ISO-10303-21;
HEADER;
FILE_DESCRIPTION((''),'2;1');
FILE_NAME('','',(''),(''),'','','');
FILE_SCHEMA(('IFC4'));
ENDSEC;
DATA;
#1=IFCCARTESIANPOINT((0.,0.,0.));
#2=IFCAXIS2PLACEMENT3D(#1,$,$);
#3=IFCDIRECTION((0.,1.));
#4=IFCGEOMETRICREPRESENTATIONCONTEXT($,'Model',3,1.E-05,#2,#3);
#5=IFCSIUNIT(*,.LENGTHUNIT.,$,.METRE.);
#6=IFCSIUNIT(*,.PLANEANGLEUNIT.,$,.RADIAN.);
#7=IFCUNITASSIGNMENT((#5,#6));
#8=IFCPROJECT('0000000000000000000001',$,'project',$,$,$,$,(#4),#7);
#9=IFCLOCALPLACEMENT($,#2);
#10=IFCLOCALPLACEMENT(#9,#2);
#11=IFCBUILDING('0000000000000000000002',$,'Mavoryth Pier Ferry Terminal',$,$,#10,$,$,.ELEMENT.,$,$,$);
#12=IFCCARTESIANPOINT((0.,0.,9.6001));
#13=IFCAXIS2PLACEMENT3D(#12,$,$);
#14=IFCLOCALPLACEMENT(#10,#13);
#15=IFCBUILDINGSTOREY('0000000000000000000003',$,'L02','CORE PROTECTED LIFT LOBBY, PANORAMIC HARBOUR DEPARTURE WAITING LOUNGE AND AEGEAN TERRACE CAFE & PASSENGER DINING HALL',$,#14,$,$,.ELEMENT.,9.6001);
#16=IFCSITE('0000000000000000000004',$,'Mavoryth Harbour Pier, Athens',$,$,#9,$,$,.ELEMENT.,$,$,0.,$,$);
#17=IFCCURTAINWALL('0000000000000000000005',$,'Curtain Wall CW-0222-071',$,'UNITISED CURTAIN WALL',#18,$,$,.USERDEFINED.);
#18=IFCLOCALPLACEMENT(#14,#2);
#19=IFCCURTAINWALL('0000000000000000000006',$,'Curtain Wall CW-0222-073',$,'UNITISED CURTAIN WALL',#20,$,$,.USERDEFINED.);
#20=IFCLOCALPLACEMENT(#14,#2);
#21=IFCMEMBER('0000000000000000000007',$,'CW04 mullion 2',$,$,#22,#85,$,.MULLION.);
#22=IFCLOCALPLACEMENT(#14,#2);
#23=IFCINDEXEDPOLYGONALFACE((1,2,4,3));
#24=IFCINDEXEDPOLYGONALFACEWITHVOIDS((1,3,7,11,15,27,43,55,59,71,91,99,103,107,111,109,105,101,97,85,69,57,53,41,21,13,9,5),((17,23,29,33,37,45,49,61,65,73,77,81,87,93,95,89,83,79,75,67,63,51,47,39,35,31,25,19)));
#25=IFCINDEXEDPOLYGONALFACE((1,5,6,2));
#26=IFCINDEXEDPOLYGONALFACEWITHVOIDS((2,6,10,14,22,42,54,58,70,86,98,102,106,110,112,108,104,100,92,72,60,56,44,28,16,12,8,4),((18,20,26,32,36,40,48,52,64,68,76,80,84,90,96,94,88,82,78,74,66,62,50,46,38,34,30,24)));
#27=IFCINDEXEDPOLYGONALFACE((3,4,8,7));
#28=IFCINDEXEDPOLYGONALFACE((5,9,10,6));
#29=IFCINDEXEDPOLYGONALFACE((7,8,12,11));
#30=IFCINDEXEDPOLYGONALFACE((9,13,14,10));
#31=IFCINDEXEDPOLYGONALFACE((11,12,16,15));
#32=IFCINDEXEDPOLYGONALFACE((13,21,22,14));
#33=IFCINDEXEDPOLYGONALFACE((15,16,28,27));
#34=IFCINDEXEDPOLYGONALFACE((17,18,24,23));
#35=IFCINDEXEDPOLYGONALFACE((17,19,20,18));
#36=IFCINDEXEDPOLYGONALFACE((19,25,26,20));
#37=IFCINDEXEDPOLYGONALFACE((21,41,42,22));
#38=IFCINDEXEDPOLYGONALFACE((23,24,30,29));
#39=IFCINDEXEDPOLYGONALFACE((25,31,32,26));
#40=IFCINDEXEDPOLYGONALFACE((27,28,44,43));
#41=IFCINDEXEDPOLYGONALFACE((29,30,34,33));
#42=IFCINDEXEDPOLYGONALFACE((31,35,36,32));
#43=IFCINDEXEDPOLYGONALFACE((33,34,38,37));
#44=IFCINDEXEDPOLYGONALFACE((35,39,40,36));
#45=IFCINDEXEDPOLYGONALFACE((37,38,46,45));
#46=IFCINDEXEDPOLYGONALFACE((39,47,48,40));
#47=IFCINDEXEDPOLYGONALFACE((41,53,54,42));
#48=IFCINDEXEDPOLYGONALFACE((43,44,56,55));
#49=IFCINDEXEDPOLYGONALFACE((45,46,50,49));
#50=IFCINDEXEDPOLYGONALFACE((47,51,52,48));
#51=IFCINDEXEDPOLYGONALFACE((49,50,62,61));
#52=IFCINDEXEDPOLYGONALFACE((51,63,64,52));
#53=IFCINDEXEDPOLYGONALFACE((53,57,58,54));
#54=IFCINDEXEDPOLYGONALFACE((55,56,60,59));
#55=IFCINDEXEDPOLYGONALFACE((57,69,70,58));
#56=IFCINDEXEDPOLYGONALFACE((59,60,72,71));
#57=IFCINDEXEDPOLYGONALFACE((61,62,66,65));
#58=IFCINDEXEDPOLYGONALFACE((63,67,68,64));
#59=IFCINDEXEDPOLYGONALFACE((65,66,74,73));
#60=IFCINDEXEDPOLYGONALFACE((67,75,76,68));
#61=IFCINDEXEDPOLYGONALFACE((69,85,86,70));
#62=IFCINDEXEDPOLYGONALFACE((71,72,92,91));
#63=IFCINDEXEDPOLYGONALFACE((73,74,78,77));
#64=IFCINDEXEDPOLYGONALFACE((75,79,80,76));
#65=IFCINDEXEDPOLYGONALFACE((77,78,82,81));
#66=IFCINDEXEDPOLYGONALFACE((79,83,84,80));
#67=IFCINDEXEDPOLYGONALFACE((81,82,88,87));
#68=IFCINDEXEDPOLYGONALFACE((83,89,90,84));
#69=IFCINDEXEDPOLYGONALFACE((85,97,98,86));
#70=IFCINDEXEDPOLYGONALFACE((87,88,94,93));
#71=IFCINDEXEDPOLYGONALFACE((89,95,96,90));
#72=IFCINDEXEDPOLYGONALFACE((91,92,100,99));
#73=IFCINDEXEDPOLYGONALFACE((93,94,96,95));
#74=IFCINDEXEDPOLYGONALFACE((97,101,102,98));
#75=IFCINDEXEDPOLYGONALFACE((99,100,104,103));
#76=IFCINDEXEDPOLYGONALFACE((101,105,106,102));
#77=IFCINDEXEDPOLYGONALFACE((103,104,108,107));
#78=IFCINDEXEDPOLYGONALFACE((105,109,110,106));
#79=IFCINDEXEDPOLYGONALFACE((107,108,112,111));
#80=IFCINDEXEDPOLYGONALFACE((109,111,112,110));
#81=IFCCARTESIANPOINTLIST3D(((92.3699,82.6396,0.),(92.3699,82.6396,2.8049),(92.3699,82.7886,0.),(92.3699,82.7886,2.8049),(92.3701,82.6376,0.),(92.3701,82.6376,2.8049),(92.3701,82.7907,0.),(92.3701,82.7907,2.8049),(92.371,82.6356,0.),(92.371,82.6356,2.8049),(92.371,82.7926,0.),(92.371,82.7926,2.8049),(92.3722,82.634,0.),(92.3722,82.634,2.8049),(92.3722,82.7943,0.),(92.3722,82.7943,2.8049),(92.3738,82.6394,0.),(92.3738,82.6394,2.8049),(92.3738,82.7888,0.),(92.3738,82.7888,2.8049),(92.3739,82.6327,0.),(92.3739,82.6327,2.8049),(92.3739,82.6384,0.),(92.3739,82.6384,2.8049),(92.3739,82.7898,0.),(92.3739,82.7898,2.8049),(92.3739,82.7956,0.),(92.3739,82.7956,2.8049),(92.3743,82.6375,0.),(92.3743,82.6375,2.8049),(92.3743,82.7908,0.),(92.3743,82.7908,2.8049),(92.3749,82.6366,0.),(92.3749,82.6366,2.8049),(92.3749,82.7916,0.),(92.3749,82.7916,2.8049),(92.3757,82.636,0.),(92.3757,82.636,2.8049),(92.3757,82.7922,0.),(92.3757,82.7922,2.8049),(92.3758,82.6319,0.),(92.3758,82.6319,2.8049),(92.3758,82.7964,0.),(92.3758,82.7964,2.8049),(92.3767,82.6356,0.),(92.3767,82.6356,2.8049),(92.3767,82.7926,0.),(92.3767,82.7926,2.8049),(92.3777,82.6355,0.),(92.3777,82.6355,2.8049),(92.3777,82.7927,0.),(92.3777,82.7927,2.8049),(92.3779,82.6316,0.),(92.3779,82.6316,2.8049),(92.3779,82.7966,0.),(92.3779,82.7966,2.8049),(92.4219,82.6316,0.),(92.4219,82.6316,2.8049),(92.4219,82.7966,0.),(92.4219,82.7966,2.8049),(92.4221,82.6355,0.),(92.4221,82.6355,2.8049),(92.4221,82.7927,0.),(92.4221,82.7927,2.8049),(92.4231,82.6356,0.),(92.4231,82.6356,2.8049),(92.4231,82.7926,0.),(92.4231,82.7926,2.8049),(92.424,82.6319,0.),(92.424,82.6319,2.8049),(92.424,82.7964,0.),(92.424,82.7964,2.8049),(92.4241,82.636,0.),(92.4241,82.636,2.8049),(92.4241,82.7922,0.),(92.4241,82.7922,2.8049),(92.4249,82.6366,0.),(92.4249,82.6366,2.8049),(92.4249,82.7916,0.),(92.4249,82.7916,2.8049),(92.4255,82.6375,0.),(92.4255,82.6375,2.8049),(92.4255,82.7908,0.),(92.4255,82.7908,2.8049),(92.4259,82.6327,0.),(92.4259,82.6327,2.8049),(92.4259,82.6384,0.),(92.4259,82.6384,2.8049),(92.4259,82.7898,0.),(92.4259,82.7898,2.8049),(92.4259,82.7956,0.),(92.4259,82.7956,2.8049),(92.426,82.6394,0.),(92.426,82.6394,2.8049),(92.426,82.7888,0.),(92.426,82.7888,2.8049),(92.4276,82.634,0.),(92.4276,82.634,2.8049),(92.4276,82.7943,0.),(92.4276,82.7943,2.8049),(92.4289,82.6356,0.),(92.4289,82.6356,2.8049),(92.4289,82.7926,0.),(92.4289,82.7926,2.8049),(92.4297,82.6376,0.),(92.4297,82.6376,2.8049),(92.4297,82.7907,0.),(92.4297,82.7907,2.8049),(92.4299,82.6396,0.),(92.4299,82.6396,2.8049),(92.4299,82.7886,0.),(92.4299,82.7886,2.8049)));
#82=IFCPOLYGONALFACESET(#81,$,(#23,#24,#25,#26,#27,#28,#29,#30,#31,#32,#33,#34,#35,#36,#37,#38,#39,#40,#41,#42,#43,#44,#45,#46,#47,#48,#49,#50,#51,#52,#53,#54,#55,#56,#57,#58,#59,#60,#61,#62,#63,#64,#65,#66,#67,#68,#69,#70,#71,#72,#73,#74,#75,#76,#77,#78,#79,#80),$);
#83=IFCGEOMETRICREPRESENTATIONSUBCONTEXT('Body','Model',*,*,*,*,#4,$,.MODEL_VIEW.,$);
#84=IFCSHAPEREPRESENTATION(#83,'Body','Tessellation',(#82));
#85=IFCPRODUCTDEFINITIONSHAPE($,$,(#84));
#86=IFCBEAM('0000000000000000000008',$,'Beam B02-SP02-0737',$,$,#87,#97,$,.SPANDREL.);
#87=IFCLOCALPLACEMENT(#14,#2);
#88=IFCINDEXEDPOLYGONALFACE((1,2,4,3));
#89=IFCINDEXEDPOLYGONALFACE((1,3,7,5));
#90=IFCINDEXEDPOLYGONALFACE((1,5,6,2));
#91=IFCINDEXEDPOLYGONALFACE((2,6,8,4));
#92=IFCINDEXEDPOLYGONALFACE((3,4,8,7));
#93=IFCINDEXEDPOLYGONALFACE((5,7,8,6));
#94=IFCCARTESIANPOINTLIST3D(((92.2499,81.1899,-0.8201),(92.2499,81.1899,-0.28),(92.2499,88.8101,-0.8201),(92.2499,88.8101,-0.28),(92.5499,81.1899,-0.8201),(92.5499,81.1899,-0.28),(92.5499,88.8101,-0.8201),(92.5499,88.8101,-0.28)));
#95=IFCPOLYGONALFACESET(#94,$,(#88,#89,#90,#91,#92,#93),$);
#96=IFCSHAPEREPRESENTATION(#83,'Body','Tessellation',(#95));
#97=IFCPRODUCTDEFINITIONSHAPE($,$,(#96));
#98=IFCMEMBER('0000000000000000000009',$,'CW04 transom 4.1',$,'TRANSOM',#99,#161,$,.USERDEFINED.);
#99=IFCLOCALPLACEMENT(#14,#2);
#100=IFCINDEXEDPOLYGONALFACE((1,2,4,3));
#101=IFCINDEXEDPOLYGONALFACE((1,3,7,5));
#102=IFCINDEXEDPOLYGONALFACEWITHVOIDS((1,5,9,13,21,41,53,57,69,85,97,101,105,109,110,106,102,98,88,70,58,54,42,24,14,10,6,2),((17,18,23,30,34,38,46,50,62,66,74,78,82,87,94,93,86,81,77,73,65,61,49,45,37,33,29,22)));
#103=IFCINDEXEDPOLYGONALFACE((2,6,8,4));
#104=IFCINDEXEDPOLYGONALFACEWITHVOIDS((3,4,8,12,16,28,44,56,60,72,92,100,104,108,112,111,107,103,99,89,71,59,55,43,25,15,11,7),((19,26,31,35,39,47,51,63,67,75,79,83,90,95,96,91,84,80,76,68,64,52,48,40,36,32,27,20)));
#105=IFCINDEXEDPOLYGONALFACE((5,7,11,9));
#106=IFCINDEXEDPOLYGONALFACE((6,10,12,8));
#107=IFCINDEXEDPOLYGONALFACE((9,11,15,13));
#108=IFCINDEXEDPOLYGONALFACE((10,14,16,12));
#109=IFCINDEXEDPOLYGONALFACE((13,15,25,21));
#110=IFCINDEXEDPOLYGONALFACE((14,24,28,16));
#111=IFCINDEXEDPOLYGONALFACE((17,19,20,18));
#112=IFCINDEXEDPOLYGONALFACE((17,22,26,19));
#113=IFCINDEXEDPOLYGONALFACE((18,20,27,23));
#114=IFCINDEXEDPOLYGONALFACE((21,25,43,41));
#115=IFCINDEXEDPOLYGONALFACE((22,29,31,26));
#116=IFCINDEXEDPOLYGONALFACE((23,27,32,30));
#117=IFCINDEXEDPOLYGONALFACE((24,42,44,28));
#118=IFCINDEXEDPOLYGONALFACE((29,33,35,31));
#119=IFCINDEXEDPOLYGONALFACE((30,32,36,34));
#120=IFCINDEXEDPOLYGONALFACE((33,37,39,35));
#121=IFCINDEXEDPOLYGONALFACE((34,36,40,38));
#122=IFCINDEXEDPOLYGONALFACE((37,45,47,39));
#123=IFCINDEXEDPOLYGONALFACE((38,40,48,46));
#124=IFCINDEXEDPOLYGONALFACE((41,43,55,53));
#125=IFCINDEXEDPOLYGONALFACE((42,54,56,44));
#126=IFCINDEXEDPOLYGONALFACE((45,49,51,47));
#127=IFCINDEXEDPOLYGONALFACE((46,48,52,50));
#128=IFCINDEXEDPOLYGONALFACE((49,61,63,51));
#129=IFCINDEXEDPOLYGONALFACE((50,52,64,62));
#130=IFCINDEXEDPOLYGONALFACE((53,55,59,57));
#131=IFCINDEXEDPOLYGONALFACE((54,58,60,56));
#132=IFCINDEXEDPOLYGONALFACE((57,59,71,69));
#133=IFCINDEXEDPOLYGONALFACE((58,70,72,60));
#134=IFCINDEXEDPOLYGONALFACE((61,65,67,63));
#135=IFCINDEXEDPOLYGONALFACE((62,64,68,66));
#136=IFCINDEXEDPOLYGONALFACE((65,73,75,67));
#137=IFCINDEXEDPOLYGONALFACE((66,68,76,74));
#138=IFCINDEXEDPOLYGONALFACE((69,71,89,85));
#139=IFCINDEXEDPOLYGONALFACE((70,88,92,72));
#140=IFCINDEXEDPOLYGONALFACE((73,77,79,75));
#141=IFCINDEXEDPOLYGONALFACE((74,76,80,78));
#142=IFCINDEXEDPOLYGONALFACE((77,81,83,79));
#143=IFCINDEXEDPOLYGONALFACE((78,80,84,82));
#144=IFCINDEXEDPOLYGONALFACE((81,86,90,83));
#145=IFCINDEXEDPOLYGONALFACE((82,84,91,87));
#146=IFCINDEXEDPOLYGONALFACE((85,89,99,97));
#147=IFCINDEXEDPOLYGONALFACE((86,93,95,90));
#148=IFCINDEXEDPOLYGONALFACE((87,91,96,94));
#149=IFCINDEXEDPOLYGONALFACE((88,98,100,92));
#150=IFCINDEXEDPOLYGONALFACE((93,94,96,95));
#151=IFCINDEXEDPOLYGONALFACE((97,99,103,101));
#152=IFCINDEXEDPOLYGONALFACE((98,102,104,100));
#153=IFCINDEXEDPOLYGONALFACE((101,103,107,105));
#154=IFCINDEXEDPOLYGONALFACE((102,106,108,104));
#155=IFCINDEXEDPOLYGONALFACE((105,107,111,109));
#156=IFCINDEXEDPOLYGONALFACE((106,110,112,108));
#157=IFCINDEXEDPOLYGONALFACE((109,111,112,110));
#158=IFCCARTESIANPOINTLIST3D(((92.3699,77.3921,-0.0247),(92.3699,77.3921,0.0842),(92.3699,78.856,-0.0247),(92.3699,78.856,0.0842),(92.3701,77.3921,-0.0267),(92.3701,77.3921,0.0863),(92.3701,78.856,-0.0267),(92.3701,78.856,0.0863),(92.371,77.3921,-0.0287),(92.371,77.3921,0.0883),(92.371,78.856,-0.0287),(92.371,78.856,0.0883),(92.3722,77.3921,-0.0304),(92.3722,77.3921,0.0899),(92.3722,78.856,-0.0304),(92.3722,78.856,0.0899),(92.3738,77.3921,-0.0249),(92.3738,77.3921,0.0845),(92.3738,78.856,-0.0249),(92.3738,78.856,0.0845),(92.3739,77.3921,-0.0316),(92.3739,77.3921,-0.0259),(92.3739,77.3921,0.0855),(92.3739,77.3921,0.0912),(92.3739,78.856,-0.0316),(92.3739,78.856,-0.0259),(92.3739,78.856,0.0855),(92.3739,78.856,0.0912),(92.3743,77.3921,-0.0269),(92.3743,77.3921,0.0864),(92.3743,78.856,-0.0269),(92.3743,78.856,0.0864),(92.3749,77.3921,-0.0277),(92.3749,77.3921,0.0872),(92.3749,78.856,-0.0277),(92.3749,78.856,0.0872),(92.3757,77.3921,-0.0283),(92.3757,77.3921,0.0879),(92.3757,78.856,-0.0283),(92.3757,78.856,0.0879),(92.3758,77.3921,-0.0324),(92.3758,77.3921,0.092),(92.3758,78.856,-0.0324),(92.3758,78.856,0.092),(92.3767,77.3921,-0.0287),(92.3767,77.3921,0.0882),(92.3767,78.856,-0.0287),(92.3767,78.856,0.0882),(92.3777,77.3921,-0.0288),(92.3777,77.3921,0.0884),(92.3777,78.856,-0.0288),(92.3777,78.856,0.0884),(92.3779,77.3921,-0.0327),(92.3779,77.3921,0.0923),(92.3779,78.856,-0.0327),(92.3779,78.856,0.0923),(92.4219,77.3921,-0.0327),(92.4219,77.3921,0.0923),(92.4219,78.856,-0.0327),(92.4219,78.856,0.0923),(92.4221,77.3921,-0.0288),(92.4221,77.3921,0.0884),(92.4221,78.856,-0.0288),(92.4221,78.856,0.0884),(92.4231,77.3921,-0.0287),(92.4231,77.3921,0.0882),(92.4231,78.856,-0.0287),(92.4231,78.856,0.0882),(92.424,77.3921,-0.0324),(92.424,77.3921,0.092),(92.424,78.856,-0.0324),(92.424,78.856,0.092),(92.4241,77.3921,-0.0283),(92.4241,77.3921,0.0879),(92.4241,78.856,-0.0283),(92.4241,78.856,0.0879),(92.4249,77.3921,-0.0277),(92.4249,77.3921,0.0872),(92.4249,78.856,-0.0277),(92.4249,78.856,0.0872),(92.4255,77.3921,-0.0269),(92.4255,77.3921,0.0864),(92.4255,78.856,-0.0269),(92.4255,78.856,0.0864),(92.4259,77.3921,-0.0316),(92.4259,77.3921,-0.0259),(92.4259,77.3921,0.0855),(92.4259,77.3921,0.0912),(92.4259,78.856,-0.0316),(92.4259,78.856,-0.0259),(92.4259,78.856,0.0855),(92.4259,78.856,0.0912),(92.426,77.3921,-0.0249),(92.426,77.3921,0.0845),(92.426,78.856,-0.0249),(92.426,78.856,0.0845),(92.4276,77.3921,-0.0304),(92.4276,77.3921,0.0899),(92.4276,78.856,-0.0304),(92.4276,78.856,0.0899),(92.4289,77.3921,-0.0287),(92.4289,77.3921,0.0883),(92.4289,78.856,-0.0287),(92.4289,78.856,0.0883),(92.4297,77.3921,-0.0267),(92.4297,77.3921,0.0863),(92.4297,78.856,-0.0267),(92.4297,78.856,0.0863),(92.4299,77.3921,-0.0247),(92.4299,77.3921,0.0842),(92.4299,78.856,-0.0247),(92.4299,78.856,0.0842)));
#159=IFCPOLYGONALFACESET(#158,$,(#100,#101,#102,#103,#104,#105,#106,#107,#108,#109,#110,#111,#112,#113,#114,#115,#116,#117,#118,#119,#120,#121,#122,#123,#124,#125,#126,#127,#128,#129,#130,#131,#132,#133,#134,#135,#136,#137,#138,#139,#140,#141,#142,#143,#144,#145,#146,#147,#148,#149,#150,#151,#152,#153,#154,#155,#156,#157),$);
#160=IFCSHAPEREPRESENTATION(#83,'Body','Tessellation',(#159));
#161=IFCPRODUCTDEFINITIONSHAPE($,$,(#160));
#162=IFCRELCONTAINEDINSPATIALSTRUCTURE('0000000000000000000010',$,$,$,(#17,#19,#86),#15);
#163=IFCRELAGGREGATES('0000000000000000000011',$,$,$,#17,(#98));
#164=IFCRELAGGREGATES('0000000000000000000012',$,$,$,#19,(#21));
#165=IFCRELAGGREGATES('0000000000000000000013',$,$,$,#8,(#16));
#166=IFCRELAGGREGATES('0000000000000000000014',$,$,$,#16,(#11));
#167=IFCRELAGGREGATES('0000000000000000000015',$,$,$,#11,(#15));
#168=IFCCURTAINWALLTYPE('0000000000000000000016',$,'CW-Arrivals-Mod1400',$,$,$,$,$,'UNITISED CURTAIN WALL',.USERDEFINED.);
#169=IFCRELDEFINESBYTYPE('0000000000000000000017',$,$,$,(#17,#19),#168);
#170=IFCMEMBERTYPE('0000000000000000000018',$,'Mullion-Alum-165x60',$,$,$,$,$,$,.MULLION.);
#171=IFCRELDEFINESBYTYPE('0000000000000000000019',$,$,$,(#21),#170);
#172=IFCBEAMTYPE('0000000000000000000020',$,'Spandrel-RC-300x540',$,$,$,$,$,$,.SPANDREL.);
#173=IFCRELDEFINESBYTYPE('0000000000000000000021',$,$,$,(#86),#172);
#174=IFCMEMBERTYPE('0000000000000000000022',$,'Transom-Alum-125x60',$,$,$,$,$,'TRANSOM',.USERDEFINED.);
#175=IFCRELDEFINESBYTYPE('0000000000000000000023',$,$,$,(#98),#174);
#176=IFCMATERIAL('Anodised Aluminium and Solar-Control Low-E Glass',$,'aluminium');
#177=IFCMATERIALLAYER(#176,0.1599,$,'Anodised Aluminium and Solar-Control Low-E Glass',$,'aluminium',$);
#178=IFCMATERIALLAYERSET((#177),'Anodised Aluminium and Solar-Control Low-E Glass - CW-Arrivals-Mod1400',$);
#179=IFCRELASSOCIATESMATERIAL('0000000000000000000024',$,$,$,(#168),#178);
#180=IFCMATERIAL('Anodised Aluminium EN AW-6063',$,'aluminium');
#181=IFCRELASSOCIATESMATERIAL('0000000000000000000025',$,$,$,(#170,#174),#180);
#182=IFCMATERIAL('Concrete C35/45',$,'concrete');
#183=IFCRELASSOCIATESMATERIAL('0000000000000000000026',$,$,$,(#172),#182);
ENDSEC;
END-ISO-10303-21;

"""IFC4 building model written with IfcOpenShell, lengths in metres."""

from ifc_helpers import new_model, si_unit, direction, frame, origin, origin_2d, place, context, subcontext, project, spatial, rectangle, hollow_rectangle, extrude, material, layer, layer_set, material_profile, profile_set, type_object, element, aggregate, save


model = new_model("IFC4")

# Units and contexts
model_context = context("Model", 3, precision=1e-05, world=origin(), true_north=direction((0.0, 1.0)))
body_context = subcontext(model_context, "Body", "Model", "MODEL_VIEW")
ifc_project = project(units=[si_unit("LENGTHUNIT", "METRE"), si_unit("PLANEANGLEUNIT", "RADIAN")], contexts=[model_context])

# Site, building, storey
site_placement = place(None, origin())
site = spatial("IfcSite", under=ifc_project, at=site_placement, Name="Mavoryth Harbour Pier, Athens", CompositionType="ELEMENT", RefElevation=0.0)
building_placement = place(site_placement, origin())
building = spatial("IfcBuilding", under=site, at=building_placement, Name="Mavoryth Pier Ferry Terminal", CompositionType="ELEMENT")
storey_placement = place(building_placement, frame((0.0, 0.0, 9.6001)))
storey = spatial("IfcBuildingStorey", under=building, at=storey_placement, Name="L02", Description="CORE PROTECTED LIFT LOBBY, PANORAMIC HARBOUR DEPARTURE WAITING LOUNGE AND AEGEAN TERRACE CAFE & PASSENGER DINING HALL", CompositionType="ELEMENT", Elevation=9.6001)

# Shared definitions
ifc_material_1 = material(Name="Concrete C35/45", Category="concrete")

# Curtain walls, member
ifc_material_2 = material(Name="Anodised Aluminium and Solar-Control Low-E Glass", Category="aluminium")
ifc_layer_1 = layer(ifc_material_2, 0.1599, Name="Anodised Aluminium and Solar-Control Low-E Glass", Category="aluminium")
ifc_layer_set_1 = layer_set([ifc_layer_1], Name="Anodised Aluminium and Solar-Control Low-E Glass - CW-Arrivals-Mod1400")
curtain_wall_type = type_object("IfcCurtainWallType", Name="CW-Arrivals-Mod1400", ElementType="UNITISED CURTAIN WALL", PredefinedType="USERDEFINED", material=ifc_layer_set_1)
curtain_wall_1_placement = place(storey_placement, origin())
curtain_wall_1 = element("IfcCurtainWall", 1, at=curtain_wall_1_placement, inside=storey, type_object=curtain_wall_type, Name="Curtain Wall CW-0222-071", ObjectType="UNITISED CURTAIN WALL", PredefinedType="USERDEFINED")
ifc_material_3 = material(Name="Anodised Aluminium EN AW-6063", Category="aluminium")
ifc_material_profile_1 = material_profile(ifc_material_3, hollow_rectangle(XDim=0.0601, YDim=0.165, WallThickness=0.0039, InnerFilletRadius=0.0039, OuterFilletRadius=0.0081, at=origin_2d()), Name="AL-MULL 165x60x4", Category="aluminium")
ifc_profile_set_1 = profile_set([ifc_material_profile_1], Name="Anodised Aluminium EN AW-6063 - AL-MULL 165x60x4")
member_type_1 = type_object("IfcMemberType", Name="Mullion-Alum-165x60", PredefinedType="MULLION", material=ifc_profile_set_1)
curtain_wall_2_placement = place(storey_placement, origin())
curtain_wall_2 = element("IfcCurtainWall", 2, at=curtain_wall_2_placement, inside=storey, type_object=curtain_wall_type, Name="Curtain Wall CW-0222-073", ObjectType="UNITISED CURTAIN WALL", PredefinedType="USERDEFINED")
member_1_placement = place(storey_placement, frame((92.3999, 82.7141, 0.0), z_axis=(0.0, 0.0, 1.0), x_axis=(-1.0, 0.0, 0.0)))
member_1 = element("IfcMember", 3, at=member_1_placement, type_object=member_type_1, Name="CW04 mullion 2", PredefinedType="MULLION", context=body_context, shape_type="SweptSolid", body=[
    extrude(hollow_rectangle(XDim=0.0601, YDim=0.165, WallThickness=0.0039, InnerFilletRadius=0.0039, OuterFilletRadius=0.0081, at=origin_2d()), origin(), (0.0, 0.0, 1.0), 2.8049),
])

# Beam
ifc_material_profile_2 = material_profile(ifc_material_1, rectangle(XDim=0.3, YDim=0.54, at=origin_2d()), Name="RC 300x540", Category="concrete")
ifc_profile_set_2 = profile_set([ifc_material_profile_2], Name="Concrete C35/45 - RC 300x540")
beam_type_1 = type_object("IfcBeamType", Name="Spandrel-RC-300x540", PredefinedType="SPANDREL", material=ifc_profile_set_2)
beam_1_placement = place(storey_placement, frame((92.3999, 81.1899, -0.55), z_axis=(0.0, 1.0, 0.0), x_axis=(-1.0, 0.0, 0.0)))
element("IfcBeam", 4, at=beam_1_placement, inside=storey, type_object=beam_type_1, Name="Beam B02-SP02-0737", PredefinedType="SPANDREL", context=body_context, shape_type="SweptSolid", body=[
    extrude(rectangle(XDim=0.3, YDim=0.54, at=origin_2d()), origin(), (0.0, 0.0, 1.0), 7.6201),
])

# Member
ifc_material_profile_3 = material_profile(ifc_material_3, hollow_rectangle(XDim=0.0601, YDim=0.125, WallThickness=0.0039, InnerFilletRadius=0.0039, OuterFilletRadius=0.0081, at=origin_2d()), Name="AL-TRAN 125x60x4", Category="aluminium")
ifc_profile_set_3 = profile_set([ifc_material_profile_3], Name="Anodised Aluminium EN AW-6063 - AL-TRAN 125x60x4")
member_type_2 = type_object("IfcMemberType", Name="Transom-Alum-125x60", ElementType="TRANSOM", PredefinedType="USERDEFINED", material=ifc_profile_set_3)
member_2_placement = place(storey_placement, frame((92.3999, 77.3921, 0.0298), z_axis=(0.0, 1.0, 0.0), x_axis=(-1.0, 0.0, 0.0)))
member_2 = element("IfcMember", 5, at=member_2_placement, type_object=member_type_2, Name="CW04 transom 4.1", ObjectType="TRANSOM", PredefinedType="USERDEFINED", context=body_context, shape_type="SweptSolid", body=[
    extrude(hollow_rectangle(XDim=0.0601, YDim=0.125, WallThickness=0.0039, InnerFilletRadius=0.0039, OuterFilletRadius=0.0081, at=origin_2d()), origin(), (0.0, 0.0, 1.0), 1.4639),
])

aggregate(curtain_wall_1, [member_2])
aggregate(curtain_wall_2, [member_1])

save(model, "model.ifc")
